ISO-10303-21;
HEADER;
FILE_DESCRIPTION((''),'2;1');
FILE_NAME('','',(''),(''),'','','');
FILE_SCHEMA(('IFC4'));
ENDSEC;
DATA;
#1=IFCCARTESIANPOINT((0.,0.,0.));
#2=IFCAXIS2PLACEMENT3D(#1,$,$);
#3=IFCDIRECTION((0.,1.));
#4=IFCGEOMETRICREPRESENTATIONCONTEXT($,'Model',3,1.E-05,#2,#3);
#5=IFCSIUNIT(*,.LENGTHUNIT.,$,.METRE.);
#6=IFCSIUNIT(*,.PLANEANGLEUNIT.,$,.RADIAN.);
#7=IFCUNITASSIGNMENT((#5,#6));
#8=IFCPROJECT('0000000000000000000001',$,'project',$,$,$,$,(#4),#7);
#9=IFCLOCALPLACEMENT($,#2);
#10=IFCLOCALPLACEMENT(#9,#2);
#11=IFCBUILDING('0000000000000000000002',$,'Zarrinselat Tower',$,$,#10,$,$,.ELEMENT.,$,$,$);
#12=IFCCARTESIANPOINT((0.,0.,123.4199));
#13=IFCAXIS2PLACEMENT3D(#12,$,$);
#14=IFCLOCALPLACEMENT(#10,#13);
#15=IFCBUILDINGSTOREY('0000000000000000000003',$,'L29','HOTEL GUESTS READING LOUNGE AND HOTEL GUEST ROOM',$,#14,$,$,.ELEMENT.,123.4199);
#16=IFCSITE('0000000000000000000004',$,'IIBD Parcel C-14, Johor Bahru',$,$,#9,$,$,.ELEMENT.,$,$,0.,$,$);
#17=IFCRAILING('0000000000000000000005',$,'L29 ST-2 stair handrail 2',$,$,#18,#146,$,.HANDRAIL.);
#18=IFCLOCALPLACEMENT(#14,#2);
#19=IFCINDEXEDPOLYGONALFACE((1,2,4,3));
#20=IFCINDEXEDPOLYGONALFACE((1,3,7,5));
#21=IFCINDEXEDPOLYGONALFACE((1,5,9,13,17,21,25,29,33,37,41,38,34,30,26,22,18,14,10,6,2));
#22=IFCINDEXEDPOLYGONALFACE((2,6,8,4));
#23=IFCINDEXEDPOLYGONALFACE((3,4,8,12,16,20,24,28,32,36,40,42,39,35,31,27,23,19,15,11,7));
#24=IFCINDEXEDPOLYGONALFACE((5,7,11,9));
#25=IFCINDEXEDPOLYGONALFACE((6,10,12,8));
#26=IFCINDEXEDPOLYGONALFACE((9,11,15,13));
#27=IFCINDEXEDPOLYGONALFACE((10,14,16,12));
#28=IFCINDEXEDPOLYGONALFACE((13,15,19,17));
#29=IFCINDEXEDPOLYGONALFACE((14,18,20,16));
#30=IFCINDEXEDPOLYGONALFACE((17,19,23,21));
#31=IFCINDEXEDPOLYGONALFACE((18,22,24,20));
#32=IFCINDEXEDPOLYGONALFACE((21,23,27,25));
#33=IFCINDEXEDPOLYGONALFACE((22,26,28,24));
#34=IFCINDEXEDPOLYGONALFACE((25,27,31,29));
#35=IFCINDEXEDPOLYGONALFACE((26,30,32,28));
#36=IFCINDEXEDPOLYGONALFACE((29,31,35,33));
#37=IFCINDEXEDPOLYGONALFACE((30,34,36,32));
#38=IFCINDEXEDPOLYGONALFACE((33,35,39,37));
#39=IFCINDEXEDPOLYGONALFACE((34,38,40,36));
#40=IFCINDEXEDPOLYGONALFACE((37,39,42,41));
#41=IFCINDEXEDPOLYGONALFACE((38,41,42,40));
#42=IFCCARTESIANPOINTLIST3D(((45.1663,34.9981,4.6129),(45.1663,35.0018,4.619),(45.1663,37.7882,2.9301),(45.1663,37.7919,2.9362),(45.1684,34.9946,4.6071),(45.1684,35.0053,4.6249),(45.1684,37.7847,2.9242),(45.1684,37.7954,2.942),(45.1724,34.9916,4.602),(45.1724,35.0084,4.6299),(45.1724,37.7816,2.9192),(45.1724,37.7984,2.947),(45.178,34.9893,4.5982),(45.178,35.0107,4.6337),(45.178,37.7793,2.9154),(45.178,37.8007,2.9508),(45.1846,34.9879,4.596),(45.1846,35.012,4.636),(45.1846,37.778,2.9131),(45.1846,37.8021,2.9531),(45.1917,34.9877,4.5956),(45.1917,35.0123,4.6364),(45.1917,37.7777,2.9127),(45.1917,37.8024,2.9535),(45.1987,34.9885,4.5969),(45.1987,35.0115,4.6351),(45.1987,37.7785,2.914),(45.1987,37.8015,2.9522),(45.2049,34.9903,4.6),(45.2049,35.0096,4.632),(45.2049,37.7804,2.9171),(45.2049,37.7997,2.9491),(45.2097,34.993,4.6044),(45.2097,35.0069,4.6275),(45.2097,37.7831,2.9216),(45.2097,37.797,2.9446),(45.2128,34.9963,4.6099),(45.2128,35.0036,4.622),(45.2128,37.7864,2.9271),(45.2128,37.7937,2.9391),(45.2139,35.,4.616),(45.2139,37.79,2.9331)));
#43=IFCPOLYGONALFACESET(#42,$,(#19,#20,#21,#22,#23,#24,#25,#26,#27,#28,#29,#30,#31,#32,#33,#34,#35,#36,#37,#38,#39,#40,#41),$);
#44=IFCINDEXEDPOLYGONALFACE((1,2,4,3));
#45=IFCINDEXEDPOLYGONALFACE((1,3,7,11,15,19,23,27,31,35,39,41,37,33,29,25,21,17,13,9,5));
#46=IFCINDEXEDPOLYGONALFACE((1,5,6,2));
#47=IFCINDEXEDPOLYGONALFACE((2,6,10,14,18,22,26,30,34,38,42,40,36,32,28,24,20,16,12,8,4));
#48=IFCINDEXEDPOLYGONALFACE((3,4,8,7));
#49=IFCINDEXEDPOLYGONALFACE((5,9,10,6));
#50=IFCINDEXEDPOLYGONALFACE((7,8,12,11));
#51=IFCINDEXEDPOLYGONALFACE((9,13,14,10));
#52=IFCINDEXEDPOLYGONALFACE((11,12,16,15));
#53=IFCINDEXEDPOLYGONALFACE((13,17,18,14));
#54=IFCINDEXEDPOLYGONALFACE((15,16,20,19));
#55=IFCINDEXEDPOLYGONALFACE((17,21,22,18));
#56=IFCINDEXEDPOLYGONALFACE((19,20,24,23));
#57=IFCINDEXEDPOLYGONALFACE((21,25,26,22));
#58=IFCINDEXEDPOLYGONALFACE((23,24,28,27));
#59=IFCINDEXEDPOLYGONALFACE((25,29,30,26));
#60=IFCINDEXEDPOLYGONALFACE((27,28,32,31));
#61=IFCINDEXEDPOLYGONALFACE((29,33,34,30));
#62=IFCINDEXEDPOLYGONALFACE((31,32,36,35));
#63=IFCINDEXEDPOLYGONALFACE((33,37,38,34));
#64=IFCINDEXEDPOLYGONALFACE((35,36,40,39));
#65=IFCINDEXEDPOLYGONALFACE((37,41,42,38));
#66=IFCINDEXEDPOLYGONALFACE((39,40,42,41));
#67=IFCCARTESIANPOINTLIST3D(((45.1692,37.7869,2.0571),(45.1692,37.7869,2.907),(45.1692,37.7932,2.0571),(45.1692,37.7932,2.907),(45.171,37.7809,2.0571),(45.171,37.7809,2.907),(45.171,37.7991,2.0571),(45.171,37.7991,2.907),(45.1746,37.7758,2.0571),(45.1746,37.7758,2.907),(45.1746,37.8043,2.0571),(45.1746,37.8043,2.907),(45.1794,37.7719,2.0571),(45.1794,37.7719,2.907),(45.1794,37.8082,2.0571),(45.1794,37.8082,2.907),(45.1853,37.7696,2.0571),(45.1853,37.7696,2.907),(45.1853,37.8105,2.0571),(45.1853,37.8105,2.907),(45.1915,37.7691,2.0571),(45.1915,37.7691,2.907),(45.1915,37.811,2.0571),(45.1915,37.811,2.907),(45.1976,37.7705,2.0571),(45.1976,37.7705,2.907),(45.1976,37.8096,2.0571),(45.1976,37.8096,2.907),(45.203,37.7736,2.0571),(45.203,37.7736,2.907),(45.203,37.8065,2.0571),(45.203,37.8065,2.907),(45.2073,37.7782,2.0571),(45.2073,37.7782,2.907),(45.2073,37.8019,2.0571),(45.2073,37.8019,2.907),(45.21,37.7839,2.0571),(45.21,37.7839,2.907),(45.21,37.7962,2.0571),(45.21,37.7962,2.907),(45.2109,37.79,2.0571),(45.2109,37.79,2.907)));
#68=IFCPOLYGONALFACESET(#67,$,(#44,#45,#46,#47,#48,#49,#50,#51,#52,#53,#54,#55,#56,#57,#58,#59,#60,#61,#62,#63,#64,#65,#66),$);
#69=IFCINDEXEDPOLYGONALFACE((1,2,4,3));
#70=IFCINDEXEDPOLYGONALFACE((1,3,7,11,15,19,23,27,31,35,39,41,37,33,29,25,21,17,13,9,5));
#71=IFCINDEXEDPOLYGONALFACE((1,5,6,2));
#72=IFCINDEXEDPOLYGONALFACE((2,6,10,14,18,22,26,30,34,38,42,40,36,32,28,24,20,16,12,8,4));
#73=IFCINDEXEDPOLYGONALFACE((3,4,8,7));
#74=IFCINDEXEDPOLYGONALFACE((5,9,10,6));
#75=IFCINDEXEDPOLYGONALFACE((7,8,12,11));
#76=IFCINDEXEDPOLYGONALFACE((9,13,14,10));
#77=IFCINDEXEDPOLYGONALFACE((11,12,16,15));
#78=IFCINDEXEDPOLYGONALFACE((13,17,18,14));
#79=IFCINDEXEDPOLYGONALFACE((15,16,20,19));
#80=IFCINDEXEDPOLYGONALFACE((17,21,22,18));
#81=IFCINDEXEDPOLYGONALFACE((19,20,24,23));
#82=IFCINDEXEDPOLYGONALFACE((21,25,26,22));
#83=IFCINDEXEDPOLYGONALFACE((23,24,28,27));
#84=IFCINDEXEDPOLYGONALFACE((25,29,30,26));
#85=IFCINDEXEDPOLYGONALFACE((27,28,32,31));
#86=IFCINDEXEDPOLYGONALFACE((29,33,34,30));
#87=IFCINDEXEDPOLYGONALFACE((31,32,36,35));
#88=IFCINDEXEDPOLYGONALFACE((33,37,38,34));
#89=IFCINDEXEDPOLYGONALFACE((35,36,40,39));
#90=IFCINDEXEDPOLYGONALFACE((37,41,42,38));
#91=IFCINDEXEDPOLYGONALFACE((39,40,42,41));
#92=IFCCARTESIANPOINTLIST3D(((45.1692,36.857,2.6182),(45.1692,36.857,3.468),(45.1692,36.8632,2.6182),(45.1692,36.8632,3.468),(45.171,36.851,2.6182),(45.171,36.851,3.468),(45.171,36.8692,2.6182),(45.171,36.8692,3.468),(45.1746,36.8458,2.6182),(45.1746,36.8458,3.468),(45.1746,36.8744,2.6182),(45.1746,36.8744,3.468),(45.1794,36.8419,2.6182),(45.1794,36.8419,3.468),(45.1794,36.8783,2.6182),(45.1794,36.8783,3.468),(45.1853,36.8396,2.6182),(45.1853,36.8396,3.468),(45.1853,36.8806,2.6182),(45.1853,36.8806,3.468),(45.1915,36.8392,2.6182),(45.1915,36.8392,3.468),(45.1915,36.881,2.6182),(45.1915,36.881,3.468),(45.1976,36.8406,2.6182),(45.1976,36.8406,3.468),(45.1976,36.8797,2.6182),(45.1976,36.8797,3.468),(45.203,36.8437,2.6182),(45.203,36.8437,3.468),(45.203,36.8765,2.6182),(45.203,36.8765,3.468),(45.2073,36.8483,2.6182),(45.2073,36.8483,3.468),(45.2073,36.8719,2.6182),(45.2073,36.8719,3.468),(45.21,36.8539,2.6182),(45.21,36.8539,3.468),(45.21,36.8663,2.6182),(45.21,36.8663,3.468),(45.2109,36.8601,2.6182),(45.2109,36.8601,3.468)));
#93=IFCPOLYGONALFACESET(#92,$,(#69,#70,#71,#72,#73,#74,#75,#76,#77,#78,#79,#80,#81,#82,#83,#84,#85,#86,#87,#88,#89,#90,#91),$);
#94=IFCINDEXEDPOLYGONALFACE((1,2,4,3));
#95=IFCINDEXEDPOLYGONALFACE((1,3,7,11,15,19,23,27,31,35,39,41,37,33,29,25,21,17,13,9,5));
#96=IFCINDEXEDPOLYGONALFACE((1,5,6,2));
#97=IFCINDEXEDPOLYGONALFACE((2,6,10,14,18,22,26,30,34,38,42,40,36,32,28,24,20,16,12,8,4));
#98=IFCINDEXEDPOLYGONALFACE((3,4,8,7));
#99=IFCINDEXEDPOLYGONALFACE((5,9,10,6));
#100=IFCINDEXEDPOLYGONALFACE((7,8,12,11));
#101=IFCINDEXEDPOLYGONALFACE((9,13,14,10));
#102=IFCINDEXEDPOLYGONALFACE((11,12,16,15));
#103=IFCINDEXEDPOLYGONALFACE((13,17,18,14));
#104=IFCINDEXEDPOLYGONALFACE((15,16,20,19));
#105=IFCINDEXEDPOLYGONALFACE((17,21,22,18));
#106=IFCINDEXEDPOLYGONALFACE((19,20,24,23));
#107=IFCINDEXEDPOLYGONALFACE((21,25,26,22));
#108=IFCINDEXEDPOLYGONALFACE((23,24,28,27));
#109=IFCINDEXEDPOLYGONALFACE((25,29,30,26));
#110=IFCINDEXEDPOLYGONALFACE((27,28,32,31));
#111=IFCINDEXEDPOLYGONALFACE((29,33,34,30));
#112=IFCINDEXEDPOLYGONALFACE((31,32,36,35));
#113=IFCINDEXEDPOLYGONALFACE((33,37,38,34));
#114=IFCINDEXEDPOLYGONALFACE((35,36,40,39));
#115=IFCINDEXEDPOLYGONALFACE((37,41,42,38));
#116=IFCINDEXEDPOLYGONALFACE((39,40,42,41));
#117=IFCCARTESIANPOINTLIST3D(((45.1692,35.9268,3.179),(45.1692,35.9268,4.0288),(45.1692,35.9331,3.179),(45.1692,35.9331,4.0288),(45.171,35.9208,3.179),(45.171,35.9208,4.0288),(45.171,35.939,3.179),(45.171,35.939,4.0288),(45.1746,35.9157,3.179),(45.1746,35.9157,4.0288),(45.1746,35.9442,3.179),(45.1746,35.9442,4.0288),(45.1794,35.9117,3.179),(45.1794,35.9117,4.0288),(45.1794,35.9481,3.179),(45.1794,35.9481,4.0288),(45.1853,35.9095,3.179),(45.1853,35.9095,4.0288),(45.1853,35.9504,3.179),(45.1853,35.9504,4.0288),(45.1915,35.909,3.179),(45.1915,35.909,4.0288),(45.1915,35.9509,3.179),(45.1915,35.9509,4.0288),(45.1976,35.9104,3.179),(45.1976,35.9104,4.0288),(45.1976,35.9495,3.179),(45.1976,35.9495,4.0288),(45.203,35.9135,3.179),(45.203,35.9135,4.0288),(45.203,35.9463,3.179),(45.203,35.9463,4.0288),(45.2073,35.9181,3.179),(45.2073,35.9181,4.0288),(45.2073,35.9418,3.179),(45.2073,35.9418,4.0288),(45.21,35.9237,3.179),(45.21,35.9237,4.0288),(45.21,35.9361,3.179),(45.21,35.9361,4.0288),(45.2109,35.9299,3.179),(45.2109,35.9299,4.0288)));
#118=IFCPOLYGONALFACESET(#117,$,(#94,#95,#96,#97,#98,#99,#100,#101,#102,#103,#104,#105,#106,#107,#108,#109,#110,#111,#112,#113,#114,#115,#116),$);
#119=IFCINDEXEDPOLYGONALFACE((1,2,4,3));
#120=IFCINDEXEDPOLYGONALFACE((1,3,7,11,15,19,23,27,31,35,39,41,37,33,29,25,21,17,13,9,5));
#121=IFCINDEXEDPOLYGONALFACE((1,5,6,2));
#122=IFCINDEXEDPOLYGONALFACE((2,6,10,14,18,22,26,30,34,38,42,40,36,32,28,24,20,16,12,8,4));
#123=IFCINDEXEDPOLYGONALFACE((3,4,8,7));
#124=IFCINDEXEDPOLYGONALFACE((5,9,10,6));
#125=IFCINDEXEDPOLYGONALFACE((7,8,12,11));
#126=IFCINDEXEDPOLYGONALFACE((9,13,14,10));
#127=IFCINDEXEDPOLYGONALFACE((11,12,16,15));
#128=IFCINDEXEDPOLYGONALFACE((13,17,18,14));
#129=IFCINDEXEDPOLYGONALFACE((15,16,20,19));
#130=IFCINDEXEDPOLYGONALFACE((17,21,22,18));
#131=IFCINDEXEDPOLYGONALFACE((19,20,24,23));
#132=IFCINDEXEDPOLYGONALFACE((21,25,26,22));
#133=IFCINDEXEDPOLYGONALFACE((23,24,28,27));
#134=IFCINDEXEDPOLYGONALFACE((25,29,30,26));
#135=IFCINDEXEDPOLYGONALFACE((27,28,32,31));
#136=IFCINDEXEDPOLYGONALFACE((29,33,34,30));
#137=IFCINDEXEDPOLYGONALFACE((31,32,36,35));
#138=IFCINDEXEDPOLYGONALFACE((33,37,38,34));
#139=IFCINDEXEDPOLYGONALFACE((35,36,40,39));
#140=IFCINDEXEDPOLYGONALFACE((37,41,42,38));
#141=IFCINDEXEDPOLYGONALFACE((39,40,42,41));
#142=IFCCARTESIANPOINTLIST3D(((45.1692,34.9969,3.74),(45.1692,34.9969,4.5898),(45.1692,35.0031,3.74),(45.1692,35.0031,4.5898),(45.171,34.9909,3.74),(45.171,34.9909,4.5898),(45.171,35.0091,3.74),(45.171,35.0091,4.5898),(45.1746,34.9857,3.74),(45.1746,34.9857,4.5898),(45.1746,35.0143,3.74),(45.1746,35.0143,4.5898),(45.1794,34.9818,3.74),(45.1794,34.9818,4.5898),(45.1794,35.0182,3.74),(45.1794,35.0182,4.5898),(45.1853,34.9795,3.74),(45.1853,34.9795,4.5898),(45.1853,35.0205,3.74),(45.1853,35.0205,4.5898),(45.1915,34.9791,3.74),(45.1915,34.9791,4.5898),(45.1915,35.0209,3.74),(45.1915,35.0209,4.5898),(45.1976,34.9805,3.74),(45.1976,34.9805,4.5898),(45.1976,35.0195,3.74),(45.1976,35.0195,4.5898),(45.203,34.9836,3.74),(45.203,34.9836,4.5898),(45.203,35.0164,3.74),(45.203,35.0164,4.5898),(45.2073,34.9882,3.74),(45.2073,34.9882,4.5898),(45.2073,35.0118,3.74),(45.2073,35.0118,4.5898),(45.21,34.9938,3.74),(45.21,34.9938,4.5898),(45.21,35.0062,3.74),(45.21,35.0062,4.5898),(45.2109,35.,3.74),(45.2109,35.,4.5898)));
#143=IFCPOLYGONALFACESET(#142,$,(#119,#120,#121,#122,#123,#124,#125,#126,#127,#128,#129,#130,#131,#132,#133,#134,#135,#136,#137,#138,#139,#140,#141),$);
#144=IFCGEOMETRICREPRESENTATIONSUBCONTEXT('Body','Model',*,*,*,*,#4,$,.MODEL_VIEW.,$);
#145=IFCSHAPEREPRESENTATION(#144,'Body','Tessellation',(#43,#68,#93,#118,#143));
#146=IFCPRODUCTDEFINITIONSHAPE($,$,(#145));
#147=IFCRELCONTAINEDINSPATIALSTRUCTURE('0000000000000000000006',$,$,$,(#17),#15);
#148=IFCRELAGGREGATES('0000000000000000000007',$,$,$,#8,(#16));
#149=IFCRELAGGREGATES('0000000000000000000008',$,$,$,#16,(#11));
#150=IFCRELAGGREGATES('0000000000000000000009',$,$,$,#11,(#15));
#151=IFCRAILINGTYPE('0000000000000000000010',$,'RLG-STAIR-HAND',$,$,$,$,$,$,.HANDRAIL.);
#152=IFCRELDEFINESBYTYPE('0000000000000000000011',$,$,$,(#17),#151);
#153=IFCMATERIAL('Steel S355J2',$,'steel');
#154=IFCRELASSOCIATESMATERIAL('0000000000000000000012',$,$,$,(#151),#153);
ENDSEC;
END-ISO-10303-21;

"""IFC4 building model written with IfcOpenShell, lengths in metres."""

from ifc_helpers import new_model, si_unit, direction, frame, origin, origin_2d, place, context, subcontext, project, spatial, circle, extrude, material, type_object, element, save


model = new_model("IFC4")

# Units and contexts
model_context = context("Model", 3, precision=1e-05, world=origin(), true_north=direction((0.0, 1.0)))
body_context = subcontext(model_context, "Body", "Model", "MODEL_VIEW")
ifc_project = project(units=[si_unit("LENGTHUNIT", "METRE"), si_unit("PLANEANGLEUNIT", "RADIAN")], contexts=[model_context])

# Site, building, storey
site_placement = place(None, origin())
site = spatial("IfcSite", under=ifc_project, at=site_placement, Name="IIBD Parcel C-14, Johor Bahru", CompositionType="ELEMENT", RefElevation=0.0)
building_placement = place(site_placement, origin())
building = spatial("IfcBuilding", under=site, at=building_placement, Name="Zarrinselat Tower", CompositionType="ELEMENT")
storey_placement = place(building_placement, frame((0.0, 0.0, 123.4199)))
storey = spatial("IfcBuildingStorey", under=building, at=storey_placement, Name="L29", Description="HOTEL GUESTS READING LOUNGE AND HOTEL GUEST ROOM", CompositionType="ELEMENT", Elevation=123.4199)

# Railing
ifc_material_1 = material(Name="Steel S355J2", Category="steel")
railing_type_1 = type_object("IfcRailingType", Name="RLG-STAIR-HAND", PredefinedType="HANDRAIL", material=ifc_material_1)
railing_1_placement = place(storey_placement, frame((45.1899, 37.79, 2.0571)))
element("IfcRailing", 1, at=railing_1_placement, inside=storey, type_object=railing_type_1, Name="L29 ST-2 stair handrail 2", PredefinedType="HANDRAIL", context=body_context, shape_type="SweptSolid", body=[
    extrude(circle(Radius=0.0239, at=origin_2d()), frame((0.0, 0.0, 0.876), z_axis=(0.0, -0.856294, 0.516489), x_axis=(1.0, 0.0, 0.0)), (0.0, 0.0, 1.0), 3.2583),
    extrude(circle(Radius=0.021, at=origin_2d()), origin(), (0.0, 0.0, 1.0), 0.8499),
    extrude(circle(Radius=0.021, at=origin_2d()), frame((0.0, -0.9299, 0.561)), (0.0, 0.0, 1.0), 0.8499),
    extrude(circle(Radius=0.021, at=origin_2d()), frame((0.0, -1.8601, 1.1218)), (0.0, 0.0, 1.0), 0.8499),
    extrude(circle(Radius=0.021, at=origin_2d()), frame((0.0, -2.79, 1.6829)), (0.0, 0.0, 1.0), 0.8499),
])

save(model, "model.ifc")
